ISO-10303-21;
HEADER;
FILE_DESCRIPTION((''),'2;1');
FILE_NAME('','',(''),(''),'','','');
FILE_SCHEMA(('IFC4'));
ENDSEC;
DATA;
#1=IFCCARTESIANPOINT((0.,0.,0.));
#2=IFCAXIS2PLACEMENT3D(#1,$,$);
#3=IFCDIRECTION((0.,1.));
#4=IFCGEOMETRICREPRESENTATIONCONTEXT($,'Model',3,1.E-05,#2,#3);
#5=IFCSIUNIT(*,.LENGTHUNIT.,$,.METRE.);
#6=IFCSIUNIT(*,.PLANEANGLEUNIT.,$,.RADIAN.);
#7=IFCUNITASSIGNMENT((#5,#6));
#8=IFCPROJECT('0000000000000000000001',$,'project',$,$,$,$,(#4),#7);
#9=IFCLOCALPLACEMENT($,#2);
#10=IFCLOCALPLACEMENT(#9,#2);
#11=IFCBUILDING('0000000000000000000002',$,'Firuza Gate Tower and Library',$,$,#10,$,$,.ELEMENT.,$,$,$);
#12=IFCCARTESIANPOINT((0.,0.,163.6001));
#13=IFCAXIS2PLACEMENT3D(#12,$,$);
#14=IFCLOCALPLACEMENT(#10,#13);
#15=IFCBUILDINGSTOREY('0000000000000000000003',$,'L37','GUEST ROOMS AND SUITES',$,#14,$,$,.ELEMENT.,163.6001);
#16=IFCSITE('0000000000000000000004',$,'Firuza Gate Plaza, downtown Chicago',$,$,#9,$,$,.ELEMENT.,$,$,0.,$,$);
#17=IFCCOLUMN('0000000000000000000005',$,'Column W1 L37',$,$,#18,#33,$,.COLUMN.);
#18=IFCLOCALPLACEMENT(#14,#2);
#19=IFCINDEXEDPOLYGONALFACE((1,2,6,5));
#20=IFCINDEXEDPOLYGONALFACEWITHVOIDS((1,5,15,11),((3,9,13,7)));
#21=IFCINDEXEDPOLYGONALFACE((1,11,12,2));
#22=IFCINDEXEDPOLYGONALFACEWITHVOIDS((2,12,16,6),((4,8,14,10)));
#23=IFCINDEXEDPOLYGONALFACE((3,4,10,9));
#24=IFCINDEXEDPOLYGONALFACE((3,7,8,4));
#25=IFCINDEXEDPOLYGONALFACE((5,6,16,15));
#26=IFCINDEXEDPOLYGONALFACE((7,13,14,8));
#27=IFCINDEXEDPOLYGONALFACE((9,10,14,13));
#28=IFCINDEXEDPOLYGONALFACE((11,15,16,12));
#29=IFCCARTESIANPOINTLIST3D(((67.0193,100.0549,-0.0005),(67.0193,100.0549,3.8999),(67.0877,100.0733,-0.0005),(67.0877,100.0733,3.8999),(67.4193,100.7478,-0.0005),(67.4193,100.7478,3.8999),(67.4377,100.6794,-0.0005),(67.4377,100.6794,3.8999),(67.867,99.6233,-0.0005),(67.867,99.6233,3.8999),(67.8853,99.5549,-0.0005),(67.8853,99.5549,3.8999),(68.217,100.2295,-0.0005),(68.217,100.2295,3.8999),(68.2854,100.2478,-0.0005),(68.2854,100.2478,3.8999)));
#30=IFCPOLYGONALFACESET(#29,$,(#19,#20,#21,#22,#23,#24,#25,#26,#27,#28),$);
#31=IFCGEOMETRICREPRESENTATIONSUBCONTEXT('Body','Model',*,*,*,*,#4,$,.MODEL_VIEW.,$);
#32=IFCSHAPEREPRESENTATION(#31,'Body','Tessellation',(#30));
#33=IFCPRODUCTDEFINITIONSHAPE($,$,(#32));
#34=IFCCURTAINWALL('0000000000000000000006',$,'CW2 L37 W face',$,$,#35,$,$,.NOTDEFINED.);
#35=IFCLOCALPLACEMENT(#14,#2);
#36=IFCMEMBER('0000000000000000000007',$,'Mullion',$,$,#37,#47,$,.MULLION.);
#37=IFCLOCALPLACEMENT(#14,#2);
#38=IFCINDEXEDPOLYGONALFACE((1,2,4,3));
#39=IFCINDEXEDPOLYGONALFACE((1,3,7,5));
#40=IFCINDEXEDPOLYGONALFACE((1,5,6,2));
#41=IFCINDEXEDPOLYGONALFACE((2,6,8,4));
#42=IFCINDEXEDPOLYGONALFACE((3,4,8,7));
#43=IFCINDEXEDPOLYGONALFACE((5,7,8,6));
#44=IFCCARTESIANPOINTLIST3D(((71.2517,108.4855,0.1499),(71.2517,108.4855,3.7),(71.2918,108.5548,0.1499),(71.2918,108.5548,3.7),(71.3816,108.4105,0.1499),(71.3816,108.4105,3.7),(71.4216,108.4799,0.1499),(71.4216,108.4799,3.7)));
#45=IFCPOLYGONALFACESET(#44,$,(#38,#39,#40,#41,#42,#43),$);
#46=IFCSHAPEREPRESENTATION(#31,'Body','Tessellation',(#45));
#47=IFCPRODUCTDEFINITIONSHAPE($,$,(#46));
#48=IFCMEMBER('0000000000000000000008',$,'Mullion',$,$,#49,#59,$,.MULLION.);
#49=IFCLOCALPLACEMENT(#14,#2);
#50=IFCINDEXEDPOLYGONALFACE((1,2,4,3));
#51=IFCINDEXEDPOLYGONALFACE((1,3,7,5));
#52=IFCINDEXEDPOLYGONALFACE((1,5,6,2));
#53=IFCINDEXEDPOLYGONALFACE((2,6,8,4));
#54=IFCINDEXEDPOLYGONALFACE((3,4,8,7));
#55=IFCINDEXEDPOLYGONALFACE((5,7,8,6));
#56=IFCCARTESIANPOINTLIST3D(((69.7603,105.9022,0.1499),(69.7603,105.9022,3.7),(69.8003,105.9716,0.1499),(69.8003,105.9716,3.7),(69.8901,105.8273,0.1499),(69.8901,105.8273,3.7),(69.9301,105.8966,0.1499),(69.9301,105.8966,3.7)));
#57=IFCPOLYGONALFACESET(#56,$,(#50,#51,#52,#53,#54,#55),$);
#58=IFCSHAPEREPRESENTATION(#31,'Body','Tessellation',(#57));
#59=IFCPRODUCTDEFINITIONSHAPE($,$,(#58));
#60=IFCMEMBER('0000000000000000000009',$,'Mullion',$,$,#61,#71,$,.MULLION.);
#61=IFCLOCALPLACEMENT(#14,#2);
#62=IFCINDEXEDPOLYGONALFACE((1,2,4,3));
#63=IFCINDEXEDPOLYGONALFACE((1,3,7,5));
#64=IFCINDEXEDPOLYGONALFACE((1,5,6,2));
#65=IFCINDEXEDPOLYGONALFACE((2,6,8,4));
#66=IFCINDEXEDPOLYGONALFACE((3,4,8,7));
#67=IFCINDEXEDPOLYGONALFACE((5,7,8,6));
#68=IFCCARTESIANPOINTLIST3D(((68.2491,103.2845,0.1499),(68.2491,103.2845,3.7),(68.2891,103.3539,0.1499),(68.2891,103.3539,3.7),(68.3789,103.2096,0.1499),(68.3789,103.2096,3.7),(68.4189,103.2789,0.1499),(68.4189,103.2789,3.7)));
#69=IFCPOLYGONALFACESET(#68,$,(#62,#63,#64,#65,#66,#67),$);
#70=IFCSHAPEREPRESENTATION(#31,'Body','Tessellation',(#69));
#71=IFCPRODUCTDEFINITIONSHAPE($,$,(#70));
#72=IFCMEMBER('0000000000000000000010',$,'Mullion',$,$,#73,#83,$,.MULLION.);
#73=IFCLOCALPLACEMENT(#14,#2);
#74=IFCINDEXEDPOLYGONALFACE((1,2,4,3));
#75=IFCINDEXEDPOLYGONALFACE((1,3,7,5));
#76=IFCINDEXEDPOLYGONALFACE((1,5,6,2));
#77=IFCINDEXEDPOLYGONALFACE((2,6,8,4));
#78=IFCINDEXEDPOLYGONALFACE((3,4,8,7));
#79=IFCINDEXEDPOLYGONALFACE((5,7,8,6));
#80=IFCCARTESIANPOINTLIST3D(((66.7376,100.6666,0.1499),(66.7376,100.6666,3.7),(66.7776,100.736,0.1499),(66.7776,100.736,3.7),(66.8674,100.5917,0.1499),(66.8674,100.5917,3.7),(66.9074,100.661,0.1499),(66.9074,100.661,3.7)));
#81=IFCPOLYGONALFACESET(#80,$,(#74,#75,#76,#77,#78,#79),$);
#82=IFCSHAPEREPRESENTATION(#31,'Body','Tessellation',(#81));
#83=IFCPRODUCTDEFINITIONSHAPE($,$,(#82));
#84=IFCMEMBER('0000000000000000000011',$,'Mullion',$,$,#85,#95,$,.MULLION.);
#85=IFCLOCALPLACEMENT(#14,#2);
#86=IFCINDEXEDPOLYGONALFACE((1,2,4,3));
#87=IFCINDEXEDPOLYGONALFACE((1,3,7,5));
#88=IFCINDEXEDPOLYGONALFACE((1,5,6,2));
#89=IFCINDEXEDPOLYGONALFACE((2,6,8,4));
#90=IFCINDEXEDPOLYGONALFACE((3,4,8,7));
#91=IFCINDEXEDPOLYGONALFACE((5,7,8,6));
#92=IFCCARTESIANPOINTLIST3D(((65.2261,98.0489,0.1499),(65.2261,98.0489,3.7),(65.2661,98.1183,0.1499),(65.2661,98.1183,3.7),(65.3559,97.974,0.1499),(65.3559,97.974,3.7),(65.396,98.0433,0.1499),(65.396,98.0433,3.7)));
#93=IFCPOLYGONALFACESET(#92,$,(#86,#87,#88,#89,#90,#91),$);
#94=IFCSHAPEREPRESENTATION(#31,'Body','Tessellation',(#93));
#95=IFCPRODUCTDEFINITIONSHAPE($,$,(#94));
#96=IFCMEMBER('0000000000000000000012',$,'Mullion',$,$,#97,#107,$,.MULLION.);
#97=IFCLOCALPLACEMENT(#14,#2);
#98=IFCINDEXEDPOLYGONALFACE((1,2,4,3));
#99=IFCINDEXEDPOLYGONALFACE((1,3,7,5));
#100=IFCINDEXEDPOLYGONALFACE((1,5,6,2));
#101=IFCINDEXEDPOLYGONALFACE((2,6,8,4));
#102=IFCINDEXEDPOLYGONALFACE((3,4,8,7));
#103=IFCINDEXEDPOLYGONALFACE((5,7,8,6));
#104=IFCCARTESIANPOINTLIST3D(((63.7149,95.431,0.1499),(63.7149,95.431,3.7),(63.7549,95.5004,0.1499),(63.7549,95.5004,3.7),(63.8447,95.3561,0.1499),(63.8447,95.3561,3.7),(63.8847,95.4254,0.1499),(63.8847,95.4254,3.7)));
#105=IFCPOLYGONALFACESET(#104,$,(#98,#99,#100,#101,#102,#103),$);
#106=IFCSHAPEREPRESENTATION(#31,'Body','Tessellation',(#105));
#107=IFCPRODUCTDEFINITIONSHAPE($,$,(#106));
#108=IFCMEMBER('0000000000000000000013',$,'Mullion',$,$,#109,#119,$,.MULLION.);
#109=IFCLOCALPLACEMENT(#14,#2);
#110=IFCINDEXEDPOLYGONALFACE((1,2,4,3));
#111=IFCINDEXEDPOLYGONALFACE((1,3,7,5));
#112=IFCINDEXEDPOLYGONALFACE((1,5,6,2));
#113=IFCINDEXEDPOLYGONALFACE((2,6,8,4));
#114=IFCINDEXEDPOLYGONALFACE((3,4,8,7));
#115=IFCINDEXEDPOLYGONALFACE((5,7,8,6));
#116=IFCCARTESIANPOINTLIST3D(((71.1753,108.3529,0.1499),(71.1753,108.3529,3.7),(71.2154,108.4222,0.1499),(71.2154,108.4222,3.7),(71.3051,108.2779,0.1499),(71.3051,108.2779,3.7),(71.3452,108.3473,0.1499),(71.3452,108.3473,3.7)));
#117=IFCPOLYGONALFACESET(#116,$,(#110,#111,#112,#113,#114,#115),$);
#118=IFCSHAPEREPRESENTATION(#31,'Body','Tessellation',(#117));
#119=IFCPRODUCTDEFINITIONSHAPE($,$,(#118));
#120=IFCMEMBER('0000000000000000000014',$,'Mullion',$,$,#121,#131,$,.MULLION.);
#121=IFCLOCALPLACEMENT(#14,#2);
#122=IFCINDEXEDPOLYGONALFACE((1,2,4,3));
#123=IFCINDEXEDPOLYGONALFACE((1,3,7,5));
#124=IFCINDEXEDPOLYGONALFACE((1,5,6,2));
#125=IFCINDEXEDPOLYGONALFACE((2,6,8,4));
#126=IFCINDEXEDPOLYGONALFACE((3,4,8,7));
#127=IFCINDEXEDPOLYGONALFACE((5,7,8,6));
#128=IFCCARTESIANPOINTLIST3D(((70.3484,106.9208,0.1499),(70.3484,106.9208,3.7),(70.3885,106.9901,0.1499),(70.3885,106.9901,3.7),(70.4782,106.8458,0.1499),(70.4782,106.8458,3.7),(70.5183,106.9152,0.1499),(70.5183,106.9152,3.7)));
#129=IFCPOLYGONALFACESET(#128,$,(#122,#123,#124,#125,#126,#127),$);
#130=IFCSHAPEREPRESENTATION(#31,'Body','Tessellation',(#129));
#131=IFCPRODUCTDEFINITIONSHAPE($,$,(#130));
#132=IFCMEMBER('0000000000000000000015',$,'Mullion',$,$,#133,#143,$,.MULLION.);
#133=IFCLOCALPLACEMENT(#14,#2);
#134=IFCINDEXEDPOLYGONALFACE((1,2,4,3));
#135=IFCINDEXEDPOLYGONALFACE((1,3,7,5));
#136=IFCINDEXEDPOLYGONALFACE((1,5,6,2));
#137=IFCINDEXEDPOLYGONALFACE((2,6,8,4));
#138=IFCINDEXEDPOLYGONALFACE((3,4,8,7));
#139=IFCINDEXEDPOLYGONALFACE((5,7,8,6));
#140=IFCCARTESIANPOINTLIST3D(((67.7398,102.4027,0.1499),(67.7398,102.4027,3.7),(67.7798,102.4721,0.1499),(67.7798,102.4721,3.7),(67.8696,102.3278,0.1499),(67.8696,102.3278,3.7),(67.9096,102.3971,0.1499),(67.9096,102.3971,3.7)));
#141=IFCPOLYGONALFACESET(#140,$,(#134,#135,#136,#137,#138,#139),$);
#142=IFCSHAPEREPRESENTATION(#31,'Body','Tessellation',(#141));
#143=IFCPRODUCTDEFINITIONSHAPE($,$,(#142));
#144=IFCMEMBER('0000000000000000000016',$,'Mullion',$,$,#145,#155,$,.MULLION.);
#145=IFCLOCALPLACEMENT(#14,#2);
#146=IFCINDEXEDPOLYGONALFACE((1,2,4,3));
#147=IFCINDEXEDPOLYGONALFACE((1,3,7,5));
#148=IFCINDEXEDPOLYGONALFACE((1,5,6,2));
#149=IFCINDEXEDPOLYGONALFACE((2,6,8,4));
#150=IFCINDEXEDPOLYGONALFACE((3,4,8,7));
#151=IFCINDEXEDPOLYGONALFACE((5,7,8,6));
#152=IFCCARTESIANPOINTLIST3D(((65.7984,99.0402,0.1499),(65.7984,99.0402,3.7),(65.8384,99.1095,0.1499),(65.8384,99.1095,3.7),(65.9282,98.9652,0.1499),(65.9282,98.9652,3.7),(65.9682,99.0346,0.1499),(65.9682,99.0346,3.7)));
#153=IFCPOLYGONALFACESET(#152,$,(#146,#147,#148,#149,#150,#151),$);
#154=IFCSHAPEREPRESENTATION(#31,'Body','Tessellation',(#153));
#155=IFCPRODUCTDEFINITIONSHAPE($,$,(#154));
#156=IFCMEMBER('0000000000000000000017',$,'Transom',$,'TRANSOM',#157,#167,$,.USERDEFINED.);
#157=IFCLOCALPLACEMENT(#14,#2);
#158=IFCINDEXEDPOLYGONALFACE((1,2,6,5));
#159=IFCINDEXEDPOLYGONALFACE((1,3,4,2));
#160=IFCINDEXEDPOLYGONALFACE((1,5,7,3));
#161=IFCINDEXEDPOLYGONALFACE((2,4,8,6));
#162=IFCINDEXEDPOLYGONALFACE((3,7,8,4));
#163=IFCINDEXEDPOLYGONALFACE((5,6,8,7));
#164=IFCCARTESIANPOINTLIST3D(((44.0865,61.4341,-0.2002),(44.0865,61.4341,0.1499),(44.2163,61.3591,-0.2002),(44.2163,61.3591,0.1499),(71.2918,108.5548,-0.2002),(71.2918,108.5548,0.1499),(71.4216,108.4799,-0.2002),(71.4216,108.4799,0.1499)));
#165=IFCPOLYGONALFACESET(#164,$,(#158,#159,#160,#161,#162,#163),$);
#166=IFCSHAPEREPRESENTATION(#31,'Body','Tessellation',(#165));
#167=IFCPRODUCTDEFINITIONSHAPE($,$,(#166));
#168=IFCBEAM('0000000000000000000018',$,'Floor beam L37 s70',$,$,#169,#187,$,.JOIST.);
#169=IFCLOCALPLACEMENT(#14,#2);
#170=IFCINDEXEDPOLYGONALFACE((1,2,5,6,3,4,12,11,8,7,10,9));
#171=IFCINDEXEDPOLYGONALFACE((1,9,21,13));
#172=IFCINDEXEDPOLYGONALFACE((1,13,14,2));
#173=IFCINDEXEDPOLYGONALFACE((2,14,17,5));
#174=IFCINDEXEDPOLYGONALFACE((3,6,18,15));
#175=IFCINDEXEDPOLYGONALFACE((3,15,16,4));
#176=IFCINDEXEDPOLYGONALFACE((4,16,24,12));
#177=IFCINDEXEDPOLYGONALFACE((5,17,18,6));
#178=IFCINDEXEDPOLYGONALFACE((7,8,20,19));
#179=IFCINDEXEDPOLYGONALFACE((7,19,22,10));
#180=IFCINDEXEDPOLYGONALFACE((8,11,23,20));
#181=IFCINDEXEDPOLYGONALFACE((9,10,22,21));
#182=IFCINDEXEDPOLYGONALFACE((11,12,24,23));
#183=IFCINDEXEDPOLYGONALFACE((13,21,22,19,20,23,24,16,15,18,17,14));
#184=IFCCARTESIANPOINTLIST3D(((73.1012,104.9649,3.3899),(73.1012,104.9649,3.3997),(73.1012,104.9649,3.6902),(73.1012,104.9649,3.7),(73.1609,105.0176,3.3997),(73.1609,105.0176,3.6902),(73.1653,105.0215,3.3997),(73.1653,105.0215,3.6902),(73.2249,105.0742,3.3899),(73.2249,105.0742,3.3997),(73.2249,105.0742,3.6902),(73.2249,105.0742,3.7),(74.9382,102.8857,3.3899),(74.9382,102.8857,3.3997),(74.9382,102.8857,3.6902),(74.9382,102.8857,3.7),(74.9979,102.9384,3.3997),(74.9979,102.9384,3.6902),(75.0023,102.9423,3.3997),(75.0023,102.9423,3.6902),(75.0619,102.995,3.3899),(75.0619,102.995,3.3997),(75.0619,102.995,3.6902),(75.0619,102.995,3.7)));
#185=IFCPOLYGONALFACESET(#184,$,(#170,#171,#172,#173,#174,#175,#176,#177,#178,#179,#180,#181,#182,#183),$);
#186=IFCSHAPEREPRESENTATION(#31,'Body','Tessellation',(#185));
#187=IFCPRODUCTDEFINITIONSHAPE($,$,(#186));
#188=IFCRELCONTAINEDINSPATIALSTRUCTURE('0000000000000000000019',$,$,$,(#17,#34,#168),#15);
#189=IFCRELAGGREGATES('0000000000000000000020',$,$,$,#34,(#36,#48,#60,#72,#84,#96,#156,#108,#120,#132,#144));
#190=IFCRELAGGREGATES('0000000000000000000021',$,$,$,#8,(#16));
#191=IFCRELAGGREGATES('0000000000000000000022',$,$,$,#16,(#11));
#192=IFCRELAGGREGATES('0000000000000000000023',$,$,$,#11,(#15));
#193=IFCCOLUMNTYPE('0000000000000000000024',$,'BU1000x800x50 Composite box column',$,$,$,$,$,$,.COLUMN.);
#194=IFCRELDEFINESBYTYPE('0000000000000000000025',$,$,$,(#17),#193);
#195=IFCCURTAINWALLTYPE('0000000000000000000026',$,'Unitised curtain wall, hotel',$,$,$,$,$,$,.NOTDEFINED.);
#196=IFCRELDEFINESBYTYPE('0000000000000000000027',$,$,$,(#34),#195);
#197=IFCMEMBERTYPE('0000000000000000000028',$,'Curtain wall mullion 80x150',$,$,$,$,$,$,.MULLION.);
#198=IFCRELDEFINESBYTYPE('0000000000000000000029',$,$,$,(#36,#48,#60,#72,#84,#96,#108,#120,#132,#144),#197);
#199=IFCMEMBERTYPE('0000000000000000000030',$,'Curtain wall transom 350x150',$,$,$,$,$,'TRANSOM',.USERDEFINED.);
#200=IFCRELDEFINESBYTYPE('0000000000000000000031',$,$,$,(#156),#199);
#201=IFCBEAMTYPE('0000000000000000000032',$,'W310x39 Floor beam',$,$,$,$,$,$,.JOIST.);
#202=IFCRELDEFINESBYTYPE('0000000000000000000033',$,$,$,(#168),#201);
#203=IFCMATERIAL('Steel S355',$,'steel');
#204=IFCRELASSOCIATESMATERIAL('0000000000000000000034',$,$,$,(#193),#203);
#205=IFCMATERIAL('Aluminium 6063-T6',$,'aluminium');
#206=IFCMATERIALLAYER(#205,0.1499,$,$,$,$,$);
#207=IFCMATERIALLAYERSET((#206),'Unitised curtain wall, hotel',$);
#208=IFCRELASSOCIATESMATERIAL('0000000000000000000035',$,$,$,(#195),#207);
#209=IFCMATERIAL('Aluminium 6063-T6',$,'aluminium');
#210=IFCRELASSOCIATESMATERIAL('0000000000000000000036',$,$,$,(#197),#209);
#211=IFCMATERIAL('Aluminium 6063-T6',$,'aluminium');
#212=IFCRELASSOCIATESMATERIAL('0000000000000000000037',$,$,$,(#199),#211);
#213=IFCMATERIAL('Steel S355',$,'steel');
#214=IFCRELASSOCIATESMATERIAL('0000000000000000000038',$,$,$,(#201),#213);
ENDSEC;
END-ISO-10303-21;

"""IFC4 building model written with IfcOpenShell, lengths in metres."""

from ifc_helpers import new_model, si_unit, direction, frame, origin, origin_2d, place, context, subcontext, project, spatial, rectangle, hollow_rectangle, i_section, extrude, material, layer, layer_set, material_profile, profile_set, type_object, element, aggregate, save


model = new_model("IFC4")

# Units and contexts
model_context = context("Model", 3, precision=1e-05, world=origin(), true_north=direction((0.0, 1.0)))
body_context = subcontext(model_context, "Body", "Model", "MODEL_VIEW")
ifc_project = project(units=[si_unit("LENGTHUNIT", "METRE"), si_unit("PLANEANGLEUNIT", "RADIAN")], contexts=[model_context])

# Site, building, storey
site_placement = place(None, origin())
site = spatial("IfcSite", under=ifc_project, at=site_placement, Name="Firuza Gate Plaza, downtown Chicago", CompositionType="ELEMENT", RefElevation=0.0)
building_placement = place(site_placement, origin())
building = spatial("IfcBuilding", under=site, at=building_placement, Name="Firuza Gate Tower and Library", CompositionType="ELEMENT")
storey_placement = place(building_placement, frame((0.0, 0.0, 163.6001)))
storey = spatial("IfcBuildingStorey", under=building, at=storey_placement, Name="L37", Description="GUEST ROOMS AND SUITES", CompositionType="ELEMENT", Elevation=163.6001)

# Column
ifc_material_1 = material(Name="Steel S355", Category="steel")
ifc_material_profile_1 = material_profile(ifc_material_1, hollow_rectangle(XDim=0.8, YDim=1.0, WallThickness=0.05, at=origin_2d()))
ifc_profile_set_1 = profile_set([ifc_material_profile_1], Name="Steel S355")
column_type = type_object("IfcColumnType", Name="BU1000x800x50 Composite box column", PredefinedType="COLUMN", material=ifc_profile_set_1)
column_placement = place(storey_placement, frame((67.6523, 100.1514, -0.0005), z_axis=(0.0, 0.0, 1.0), x_axis=(-0.5, -0.866025, 0.0)))
element("IfcColumn", 1, at=column_placement, inside=storey, type_object=column_type, Name="Column W1 L37", PredefinedType="COLUMN", context=body_context, shape_type="SweptSolid", body=[
    extrude(hollow_rectangle(XDim=0.8, YDim=1.0, WallThickness=0.05, at=origin_2d()), origin(), (0.0, 0.0, 1.0), 3.9004),
])

# Curtain wall, members
ifc_material_2 = material(Name="Aluminium 6063-T6", Category="aluminium")
ifc_layer_1 = layer(ifc_material_2, 0.1499)
ifc_layer_set_1 = layer_set([ifc_layer_1], Name="Unitised curtain wall, hotel")
curtain_wall_type_1 = type_object("IfcCurtainWallType", Name="Unitised curtain wall, hotel", PredefinedType="NOTDEFINED", material=ifc_layer_set_1)
placement = place(storey_placement, origin())
curtain_wall_1 = element("IfcCurtainWall", 2, at=placement, inside=storey, type_object=curtain_wall_type_1, Name="CW2 L37 W face", PredefinedType="NOTDEFINED")
ifc_material_3 = material(Name="Aluminium 6063-T6", Category="aluminium")
ifc_material_profile_2 = material_profile(ifc_material_3, rectangle(XDim=0.1499, YDim=0.0801, at=origin_2d()))
ifc_profile_set_2 = profile_set([ifc_material_profile_2], Name="Aluminium 6063-T6")
member_type_1 = type_object("IfcMemberType", Name="Curtain wall mullion 80x150", PredefinedType="MULLION", material=ifc_profile_set_2)
member_1_placement = place(storey_placement, frame((71.3367, 108.4827, 0.1499), z_axis=(0.0, 0.0, 1.0), x_axis=(0.866025, -0.5, 0.0)))
member_1 = element("IfcMember", 3, at=member_1_placement, type_object=member_type_1, Name="Mullion", PredefinedType="MULLION", context=body_context, shape_type="SweptSolid", body=[
    extrude(rectangle(XDim=0.1499, YDim=0.0801, at=origin_2d()), origin(), (0.0, 0.0, 1.0), 3.55),
])
member_2_placement = place(storey_placement, frame((69.8452, 105.8994, 0.1499), z_axis=(0.0, 0.0, 1.0), x_axis=(0.866025, -0.5, 0.0)))
member_2 = element("IfcMember", 4, at=member_2_placement, type_object=member_type_1, Name="Mullion", PredefinedType="MULLION", context=body_context, shape_type="SweptSolid", body=[
    extrude(rectangle(XDim=0.1499, YDim=0.0801, at=origin_2d()), origin(), (0.0, 0.0, 1.0), 3.55),
])
member_3_placement = place(storey_placement, frame((68.334, 103.2817, 0.1499), z_axis=(0.0, 0.0, 1.0), x_axis=(0.866025, -0.5, 0.0)))
member_3 = element("IfcMember", 5, at=member_3_placement, type_object=member_type_1, Name="Mullion", PredefinedType="MULLION", context=body_context, shape_type="SweptSolid", body=[
    extrude(rectangle(XDim=0.1499, YDim=0.0801, at=origin_2d()), origin(), (0.0, 0.0, 1.0), 3.55),
])
member_4_placement = place(storey_placement, frame((66.8225, 100.6638, 0.1499), z_axis=(0.0, 0.0, 1.0), x_axis=(0.866025, -0.5, 0.0)))
member_4 = element("IfcMember", 6, at=member_4_placement, type_object=member_type_1, Name="Mullion", PredefinedType="MULLION", context=body_context, shape_type="SweptSolid", body=[
    extrude(rectangle(XDim=0.1499, YDim=0.0801, at=origin_2d()), origin(), (0.0, 0.0, 1.0), 3.55),
])
member_5_placement = place(storey_placement, frame((65.311, 98.0461, 0.1499), z_axis=(0.0, 0.0, 1.0), x_axis=(0.866025, -0.5, 0.0)))
member_5 = element("IfcMember", 7, at=member_5_placement, type_object=member_type_1, Name="Mullion", PredefinedType="MULLION", context=body_context, shape_type="SweptSolid", body=[
    extrude(rectangle(XDim=0.1499, YDim=0.0801, at=origin_2d()), origin(), (0.0, 0.0, 1.0), 3.55),
])
member_6_placement = place(storey_placement, frame((63.7998, 95.4282, 0.1499), z_axis=(0.0, 0.0, 1.0), x_axis=(0.866025, -0.5, 0.0)))
member_6 = element("IfcMember", 8, at=member_6_placement, type_object=member_type_1, Name="Mullion", PredefinedType="MULLION", context=body_context, shape_type="SweptSolid", body=[
    extrude(rectangle(XDim=0.1499, YDim=0.0801, at=origin_2d()), origin(), (0.0, 0.0, 1.0), 3.55),
])
member_7_placement = place(storey_placement, frame((71.2603, 108.3501, 0.1499), z_axis=(0.0, 0.0, 1.0), x_axis=(0.866025, -0.5, 0.0)))
member_7 = element("IfcMember", 9, at=member_7_placement, type_object=member_type_1, Name="Mullion", PredefinedType="MULLION", context=body_context, shape_type="SweptSolid", body=[
    extrude(rectangle(XDim=0.1499, YDim=0.0801, at=origin_2d()), origin(), (0.0, 0.0, 1.0), 3.55),
])
member_8_placement = place(storey_placement, frame((70.4333, 106.918, 0.1499), z_axis=(0.0, 0.0, 1.0), x_axis=(0.866025, -0.5, 0.0)))
member_8 = element("IfcMember", 10, at=member_8_placement, type_object=member_type_1, Name="Mullion", PredefinedType="MULLION", context=body_context, shape_type="SweptSolid", body=[
    extrude(rectangle(XDim=0.1499, YDim=0.0801, at=origin_2d()), origin(), (0.0, 0.0, 1.0), 3.55),
])
member_9_placement = place(storey_placement, frame((67.8247, 102.3999, 0.1499), z_axis=(0.0, 0.0, 1.0), x_axis=(0.866025, -0.5, 0.0)))
member_9 = element("IfcMember", 11, at=member_9_placement, type_object=member_type_1, Name="Mullion", PredefinedType="MULLION", context=body_context, shape_type="SweptSolid", body=[
    extrude(rectangle(XDim=0.1499, YDim=0.0801, at=origin_2d()), origin(), (0.0, 0.0, 1.0), 3.55),
])
member_10_placement = place(storey_placement, frame((65.8833, 99.0374, 0.1499), z_axis=(0.0, 0.0, 1.0), x_axis=(0.866025, -0.5, 0.0)))
member_10 = element("IfcMember", 12, at=member_10_placement, type_object=member_type_1, Name="Mullion", PredefinedType="MULLION", context=body_context, shape_type="SweptSolid", body=[
    extrude(rectangle(XDim=0.1499, YDim=0.0801, at=origin_2d()), origin(), (0.0, 0.0, 1.0), 3.55),
])
ifc_material_4 = material(Name="Aluminium 6063-T6", Category="aluminium")
ifc_material_profile_3 = material_profile(ifc_material_4, rectangle(XDim=0.1499, YDim=0.3501, at=origin_2d()))
ifc_profile_set_3 = profile_set([ifc_material_profile_3], Name="Aluminium 6063-T6")
member_type_2 = type_object("IfcMemberType", Name="Curtain wall transom 350x150", ElementType="TRANSOM", PredefinedType="USERDEFINED", material=ifc_profile_set_3)
member_11_placement = place(storey_placement, frame((71.3567, 108.5173, -0.0251), z_axis=(-0.500001, -0.866025, 0.0), x_axis=(0.866025, -0.500001, 0.0)))
member_11 = element("IfcMember", 13, at=member_11_placement, type_object=member_type_2, Name="Transom", ObjectType="TRANSOM", PredefinedType="USERDEFINED", context=body_context, shape_type="SweptSolid", body=[
    extrude(rectangle(XDim=0.1499, YDim=0.3501, at=origin_2d()), origin(), (0.0, 0.0, 1.0), 54.4104),
])

# Beam
ifc_material_5 = material(Name="Steel S355", Category="steel")
ifc_material_profile_4 = material_profile(ifc_material_5, i_section(OverallWidth=0.165, OverallDepth=0.3101, WebThickness=0.0059, FlangeThickness=0.0098, at=origin_2d()))
ifc_profile_set_4 = profile_set([ifc_material_profile_4], Name="Steel S355")
beam_type_1 = type_object("IfcBeamType", Name="W310x39 Floor beam", PredefinedType="JOIST", material=ifc_profile_set_4)
beam_1_placement = place(storey_placement, frame((73.1631, 105.0195, 3.5449), z_axis=(0.66211, -0.749406, 0.0), x_axis=(0.749406, 0.66211, 0.0)))
element("IfcBeam", 14, at=beam_1_placement, inside=storey, type_object=beam_type_1, Name="Floor beam L37 s70", PredefinedType="JOIST", context=body_context, shape_type="SweptSolid", body=[
    extrude(i_section(OverallWidth=0.165, OverallDepth=0.3101, WebThickness=0.0059, FlangeThickness=0.0098, at=origin_2d()), origin(), (0.0, 0.0, 1.0), 2.7744),
])

aggregate(curtain_wall_1, [member_1, member_2, member_3, member_4, member_5, member_6, member_11, member_7, member_8, member_9, member_10])

save(model, "model.ifc")
